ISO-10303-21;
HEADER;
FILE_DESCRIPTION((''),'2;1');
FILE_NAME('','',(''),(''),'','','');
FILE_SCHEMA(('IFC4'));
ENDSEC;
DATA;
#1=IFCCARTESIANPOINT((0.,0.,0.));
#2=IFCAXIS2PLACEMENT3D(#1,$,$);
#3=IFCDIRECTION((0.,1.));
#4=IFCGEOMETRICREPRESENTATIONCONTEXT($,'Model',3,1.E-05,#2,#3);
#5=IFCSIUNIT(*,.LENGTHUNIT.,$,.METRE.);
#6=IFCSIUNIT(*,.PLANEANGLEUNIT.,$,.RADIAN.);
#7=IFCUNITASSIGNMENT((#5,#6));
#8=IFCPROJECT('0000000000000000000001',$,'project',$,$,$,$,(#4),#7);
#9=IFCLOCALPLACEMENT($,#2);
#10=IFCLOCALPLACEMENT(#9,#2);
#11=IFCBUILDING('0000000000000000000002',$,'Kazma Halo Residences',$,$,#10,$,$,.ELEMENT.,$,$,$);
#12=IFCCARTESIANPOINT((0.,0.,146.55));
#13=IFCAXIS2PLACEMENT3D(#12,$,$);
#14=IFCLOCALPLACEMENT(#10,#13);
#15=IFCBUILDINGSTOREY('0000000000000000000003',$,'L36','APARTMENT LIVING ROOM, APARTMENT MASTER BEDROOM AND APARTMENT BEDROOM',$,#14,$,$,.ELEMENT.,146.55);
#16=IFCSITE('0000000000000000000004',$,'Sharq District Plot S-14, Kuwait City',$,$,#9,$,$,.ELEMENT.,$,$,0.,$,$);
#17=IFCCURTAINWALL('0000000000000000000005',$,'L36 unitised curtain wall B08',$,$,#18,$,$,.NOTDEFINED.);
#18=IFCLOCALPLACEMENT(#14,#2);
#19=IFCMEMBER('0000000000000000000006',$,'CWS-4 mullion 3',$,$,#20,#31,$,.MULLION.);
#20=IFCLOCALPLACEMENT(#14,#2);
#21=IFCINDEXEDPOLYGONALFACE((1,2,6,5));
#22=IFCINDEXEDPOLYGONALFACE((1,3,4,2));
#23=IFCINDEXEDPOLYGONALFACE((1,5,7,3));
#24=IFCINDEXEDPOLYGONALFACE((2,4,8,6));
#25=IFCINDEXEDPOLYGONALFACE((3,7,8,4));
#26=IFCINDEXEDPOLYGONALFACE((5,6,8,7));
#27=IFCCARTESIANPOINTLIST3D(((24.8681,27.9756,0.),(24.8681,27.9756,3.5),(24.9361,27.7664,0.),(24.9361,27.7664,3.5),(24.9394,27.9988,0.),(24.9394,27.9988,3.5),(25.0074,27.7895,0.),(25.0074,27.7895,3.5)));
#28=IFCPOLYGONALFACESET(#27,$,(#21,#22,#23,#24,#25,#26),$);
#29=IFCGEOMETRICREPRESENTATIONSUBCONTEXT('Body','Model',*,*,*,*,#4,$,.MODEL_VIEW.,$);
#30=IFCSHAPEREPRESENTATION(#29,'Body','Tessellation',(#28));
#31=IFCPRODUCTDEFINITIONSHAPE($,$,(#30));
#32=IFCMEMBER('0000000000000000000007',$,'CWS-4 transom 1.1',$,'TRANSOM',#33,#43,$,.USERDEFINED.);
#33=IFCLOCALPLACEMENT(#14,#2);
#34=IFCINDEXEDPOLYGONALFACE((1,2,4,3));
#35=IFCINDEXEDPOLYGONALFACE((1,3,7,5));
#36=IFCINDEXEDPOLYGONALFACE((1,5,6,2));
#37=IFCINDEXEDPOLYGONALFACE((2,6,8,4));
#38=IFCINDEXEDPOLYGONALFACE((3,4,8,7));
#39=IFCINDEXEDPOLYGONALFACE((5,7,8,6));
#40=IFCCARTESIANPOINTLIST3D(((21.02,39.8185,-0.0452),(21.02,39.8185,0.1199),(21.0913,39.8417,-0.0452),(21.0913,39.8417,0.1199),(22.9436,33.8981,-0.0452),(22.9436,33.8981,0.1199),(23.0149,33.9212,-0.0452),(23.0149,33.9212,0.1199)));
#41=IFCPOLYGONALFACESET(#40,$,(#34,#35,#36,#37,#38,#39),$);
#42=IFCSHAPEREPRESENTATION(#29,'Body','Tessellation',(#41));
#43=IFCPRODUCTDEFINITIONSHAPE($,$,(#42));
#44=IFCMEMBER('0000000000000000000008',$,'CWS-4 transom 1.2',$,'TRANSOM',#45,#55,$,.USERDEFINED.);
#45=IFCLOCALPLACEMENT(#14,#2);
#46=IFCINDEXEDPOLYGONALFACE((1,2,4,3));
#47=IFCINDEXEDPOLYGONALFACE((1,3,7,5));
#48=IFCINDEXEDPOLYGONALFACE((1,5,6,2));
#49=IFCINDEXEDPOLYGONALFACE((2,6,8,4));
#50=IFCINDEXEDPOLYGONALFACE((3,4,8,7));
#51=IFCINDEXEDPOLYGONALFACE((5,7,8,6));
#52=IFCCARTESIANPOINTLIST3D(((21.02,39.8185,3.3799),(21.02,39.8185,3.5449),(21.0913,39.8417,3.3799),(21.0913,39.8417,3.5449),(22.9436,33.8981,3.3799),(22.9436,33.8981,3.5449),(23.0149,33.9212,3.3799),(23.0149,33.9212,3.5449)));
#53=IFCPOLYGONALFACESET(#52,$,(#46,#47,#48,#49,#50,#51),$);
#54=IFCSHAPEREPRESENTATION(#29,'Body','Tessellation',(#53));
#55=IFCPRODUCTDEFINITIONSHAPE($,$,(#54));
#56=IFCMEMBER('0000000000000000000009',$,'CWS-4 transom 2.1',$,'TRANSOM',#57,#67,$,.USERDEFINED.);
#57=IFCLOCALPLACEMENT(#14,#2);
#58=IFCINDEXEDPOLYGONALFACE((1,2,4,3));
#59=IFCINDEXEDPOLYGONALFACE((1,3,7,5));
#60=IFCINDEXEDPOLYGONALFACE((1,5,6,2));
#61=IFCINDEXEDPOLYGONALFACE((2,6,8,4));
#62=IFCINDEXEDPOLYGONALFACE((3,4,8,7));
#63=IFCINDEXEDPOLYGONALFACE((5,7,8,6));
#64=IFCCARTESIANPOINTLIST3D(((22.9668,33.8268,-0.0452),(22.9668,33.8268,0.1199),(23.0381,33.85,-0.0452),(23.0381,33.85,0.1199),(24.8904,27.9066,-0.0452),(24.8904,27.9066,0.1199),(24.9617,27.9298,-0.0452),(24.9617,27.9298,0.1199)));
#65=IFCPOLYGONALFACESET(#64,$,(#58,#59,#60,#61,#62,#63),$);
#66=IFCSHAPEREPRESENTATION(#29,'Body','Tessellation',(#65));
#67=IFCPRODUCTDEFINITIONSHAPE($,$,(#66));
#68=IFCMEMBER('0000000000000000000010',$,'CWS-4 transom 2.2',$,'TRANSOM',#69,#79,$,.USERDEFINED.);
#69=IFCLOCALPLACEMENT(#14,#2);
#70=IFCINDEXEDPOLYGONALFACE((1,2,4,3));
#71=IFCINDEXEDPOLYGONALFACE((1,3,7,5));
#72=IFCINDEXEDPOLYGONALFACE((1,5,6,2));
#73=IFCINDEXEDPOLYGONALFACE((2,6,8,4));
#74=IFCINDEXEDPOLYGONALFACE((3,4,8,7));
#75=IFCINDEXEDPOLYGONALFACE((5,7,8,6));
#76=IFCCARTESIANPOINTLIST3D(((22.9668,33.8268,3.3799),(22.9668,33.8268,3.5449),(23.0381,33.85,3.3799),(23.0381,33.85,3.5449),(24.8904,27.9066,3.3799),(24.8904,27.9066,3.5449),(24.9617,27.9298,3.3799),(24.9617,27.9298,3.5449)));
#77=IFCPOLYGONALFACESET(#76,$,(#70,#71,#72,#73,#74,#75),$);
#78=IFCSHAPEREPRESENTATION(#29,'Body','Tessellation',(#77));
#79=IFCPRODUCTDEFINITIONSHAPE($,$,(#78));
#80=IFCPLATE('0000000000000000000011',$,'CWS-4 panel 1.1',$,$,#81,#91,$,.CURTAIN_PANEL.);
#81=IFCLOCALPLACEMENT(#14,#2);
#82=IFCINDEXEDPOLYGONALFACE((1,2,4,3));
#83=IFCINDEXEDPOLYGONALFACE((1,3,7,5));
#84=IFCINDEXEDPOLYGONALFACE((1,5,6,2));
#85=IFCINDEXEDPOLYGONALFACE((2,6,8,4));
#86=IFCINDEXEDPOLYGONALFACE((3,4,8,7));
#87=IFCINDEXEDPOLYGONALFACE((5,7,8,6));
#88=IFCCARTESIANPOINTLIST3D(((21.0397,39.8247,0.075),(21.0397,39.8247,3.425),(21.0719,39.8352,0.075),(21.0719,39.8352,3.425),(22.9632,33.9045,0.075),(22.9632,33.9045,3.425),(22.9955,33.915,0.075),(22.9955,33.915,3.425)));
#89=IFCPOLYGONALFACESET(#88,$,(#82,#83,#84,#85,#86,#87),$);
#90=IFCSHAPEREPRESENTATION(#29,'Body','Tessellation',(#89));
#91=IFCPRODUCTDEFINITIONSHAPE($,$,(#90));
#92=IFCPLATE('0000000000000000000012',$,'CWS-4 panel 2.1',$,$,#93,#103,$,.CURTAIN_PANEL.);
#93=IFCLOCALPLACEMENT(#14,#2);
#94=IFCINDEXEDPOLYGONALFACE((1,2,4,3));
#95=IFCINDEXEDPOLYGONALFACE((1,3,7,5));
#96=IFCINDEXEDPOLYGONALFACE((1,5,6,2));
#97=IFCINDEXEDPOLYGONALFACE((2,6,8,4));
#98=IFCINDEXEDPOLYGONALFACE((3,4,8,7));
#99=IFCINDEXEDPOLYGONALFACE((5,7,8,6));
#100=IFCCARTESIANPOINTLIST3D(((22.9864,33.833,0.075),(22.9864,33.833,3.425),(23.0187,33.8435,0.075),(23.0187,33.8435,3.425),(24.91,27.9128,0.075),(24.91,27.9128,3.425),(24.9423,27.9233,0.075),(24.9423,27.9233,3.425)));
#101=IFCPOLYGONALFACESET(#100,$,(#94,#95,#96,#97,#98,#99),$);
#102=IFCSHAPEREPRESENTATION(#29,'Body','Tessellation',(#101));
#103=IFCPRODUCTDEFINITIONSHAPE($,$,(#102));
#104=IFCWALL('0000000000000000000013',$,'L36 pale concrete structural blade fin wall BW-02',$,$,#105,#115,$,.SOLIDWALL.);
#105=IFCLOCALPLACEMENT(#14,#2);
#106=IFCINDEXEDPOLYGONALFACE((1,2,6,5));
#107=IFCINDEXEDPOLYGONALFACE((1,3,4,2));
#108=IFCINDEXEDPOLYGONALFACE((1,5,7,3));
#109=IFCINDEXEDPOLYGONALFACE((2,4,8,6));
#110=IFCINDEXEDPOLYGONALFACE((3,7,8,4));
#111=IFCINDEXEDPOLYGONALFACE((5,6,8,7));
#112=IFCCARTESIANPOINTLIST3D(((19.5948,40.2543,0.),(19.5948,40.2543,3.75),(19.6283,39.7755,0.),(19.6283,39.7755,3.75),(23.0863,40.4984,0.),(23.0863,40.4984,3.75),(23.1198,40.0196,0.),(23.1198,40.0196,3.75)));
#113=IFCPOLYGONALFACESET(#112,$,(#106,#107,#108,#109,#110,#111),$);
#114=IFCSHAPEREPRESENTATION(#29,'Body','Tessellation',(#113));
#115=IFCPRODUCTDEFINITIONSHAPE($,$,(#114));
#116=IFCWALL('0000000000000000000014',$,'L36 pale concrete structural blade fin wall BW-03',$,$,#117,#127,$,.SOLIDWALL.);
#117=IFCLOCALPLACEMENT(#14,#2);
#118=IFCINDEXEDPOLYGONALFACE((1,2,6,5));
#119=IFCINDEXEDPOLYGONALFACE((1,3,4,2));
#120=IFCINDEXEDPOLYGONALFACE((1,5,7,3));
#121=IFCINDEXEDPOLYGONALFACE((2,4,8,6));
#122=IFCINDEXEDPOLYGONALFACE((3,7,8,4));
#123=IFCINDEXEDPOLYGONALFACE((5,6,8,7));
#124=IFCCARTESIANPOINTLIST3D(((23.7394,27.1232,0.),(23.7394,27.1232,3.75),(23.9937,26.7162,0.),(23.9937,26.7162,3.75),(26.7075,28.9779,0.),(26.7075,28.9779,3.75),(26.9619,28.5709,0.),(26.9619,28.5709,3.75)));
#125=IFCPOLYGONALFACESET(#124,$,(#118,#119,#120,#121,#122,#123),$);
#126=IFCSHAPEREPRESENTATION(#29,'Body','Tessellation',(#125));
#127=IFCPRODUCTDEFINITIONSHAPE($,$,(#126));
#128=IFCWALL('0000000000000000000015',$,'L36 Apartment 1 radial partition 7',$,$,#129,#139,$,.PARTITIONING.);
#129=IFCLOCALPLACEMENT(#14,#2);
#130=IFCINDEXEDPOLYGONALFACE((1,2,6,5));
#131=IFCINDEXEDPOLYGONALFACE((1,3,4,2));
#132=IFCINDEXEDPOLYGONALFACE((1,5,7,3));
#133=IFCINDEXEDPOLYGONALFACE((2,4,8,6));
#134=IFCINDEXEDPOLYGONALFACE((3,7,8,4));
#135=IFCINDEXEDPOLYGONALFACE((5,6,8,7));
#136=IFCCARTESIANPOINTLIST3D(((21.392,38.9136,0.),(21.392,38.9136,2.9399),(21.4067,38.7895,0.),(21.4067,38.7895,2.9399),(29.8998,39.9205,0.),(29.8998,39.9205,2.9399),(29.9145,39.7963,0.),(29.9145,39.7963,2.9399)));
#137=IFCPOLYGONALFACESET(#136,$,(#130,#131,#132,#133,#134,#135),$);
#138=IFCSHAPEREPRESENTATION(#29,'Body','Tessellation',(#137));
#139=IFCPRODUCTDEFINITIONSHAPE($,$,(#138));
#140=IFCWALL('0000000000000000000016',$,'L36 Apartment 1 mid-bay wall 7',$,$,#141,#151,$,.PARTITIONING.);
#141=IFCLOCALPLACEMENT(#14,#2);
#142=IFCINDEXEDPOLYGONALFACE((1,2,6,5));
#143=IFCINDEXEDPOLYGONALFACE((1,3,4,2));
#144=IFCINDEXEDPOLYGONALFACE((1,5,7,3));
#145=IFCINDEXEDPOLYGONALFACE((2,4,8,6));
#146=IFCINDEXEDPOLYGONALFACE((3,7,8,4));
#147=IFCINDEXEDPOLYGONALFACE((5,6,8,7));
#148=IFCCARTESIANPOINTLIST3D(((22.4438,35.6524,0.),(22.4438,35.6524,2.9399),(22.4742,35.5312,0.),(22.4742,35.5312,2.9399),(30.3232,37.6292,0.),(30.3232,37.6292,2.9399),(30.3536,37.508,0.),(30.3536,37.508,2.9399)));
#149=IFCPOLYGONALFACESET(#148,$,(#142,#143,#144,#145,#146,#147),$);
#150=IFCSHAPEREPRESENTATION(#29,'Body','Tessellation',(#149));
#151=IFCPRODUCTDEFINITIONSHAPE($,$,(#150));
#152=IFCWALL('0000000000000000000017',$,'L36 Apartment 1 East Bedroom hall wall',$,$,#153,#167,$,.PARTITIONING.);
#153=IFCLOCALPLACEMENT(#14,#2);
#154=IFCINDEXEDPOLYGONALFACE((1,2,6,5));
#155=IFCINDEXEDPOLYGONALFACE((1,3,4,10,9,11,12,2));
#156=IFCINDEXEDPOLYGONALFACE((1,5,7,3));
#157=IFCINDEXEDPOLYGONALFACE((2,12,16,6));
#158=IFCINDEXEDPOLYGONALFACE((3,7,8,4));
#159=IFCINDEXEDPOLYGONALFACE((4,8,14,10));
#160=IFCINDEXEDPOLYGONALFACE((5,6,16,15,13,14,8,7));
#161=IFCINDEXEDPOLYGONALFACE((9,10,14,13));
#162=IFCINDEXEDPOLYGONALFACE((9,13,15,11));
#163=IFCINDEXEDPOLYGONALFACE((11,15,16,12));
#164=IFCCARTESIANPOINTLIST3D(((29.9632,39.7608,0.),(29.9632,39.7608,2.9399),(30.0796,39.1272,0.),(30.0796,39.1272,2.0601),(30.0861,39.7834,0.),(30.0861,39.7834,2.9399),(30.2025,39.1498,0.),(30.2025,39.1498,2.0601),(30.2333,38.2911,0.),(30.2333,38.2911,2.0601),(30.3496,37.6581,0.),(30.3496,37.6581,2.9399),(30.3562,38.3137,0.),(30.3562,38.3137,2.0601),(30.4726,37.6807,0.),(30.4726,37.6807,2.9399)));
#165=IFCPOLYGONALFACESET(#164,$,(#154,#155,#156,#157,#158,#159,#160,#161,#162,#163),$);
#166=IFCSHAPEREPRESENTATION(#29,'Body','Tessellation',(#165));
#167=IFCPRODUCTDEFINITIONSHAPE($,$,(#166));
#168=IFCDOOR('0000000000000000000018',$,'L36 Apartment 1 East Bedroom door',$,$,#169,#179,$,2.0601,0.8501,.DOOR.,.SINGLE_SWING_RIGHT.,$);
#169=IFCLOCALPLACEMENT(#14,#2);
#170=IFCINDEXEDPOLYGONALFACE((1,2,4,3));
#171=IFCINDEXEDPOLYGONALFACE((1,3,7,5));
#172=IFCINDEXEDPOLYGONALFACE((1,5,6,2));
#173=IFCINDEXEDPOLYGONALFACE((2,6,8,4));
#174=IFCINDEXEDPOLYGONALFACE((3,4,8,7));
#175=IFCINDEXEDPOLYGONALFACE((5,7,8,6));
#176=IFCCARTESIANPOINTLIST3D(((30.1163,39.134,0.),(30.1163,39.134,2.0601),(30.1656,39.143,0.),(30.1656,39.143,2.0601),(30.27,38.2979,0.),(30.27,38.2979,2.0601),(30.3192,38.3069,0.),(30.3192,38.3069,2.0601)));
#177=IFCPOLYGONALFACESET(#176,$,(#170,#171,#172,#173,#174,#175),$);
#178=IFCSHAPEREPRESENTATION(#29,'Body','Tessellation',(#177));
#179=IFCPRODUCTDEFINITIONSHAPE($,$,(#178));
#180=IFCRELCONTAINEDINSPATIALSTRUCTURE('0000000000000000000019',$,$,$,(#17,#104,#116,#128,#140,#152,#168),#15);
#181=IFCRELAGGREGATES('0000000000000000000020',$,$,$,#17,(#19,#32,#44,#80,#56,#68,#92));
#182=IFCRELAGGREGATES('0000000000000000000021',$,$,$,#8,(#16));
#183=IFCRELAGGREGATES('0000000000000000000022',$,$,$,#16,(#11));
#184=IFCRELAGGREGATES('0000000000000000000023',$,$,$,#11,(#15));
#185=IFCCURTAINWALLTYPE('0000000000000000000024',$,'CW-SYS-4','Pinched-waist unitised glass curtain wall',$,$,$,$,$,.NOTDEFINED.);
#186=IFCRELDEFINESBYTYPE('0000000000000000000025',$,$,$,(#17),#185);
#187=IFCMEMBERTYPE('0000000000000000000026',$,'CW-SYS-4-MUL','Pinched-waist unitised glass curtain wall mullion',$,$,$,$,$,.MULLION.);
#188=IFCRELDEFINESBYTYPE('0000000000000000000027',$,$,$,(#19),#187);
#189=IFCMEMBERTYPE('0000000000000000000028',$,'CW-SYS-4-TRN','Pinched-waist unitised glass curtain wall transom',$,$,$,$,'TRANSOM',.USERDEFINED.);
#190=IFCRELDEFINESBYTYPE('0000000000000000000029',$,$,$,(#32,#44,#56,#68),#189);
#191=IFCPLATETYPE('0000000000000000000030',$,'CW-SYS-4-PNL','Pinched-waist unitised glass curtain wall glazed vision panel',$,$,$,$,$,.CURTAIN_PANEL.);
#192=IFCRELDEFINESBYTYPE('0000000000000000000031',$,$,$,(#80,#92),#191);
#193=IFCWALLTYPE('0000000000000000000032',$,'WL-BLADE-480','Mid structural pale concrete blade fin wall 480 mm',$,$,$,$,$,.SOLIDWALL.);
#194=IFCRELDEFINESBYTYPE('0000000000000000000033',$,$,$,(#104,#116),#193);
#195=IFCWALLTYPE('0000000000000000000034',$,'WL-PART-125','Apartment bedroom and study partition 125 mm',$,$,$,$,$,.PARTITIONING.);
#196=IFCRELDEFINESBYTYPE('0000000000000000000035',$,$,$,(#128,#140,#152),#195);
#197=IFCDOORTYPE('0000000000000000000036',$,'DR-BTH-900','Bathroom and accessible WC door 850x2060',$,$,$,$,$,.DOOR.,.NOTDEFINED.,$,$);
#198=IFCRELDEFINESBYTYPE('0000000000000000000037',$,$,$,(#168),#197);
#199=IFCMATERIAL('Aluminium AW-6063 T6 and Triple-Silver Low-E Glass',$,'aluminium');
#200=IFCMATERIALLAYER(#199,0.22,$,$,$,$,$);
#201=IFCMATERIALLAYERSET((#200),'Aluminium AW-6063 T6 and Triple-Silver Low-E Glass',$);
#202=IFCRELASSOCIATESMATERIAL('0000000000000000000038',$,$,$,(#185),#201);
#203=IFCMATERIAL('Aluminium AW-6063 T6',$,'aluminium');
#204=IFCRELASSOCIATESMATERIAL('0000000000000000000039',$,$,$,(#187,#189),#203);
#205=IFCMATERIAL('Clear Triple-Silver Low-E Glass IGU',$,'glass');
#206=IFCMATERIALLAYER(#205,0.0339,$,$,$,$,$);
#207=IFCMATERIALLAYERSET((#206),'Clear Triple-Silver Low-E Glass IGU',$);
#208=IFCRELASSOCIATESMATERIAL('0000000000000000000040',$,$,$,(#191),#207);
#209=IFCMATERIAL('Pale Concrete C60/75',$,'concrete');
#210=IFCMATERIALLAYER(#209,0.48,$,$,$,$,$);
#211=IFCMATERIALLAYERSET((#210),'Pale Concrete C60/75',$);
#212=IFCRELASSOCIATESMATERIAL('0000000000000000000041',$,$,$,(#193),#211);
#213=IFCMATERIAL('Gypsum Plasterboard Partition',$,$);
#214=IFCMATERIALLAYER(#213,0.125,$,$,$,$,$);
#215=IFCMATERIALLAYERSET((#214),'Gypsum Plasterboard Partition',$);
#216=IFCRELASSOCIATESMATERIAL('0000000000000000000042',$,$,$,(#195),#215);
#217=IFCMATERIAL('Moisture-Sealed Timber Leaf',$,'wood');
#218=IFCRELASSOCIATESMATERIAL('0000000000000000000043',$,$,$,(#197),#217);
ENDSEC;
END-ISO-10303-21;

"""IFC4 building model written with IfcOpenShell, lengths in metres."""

from ifc_helpers import new_model, si_unit, direction, frame, frame_2d, origin, origin_2d, place, context, subcontext, project, spatial, rectangle, extrude, material, layer, layer_set, material_profile, profile_set, type_object, element, fill, aggregate, save


model = new_model("IFC4")

# Units and contexts
model_context = context("Model", 3, precision=1e-05, world=origin(), true_north=direction((0.0, 1.0)))
body_context = subcontext(model_context, "Body", "Model", "MODEL_VIEW")
ifc_project = project(units=[si_unit("LENGTHUNIT", "METRE"), si_unit("PLANEANGLEUNIT", "RADIAN")], contexts=[model_context])

# Site, building, storey
site_placement = place(None, origin())
site = spatial("IfcSite", under=ifc_project, at=site_placement, Name="Sharq District Plot S-14, Kuwait City", CompositionType="ELEMENT", RefElevation=0.0)
building_placement = place(site_placement, origin())
building = spatial("IfcBuilding", under=site, at=building_placement, Name="Kazma Halo Residences", CompositionType="ELEMENT")
storey_placement = place(building_placement, frame((0.0, 0.0, 146.55)))
storey = spatial("IfcBuildingStorey", under=building, at=storey_placement, Name="L36", Description="APARTMENT LIVING ROOM, APARTMENT MASTER BEDROOM AND APARTMENT BEDROOM", CompositionType="ELEMENT", Elevation=146.55)

# Shared definitions
ifc_material_1 = material(Name="Aluminium AW-6063 T6 and Triple-Silver Low-E Glass", Category="aluminium")
ifc_layer_1 = layer(ifc_material_1, 0.22)
ifc_layer_set_1 = layer_set([ifc_layer_1], Name="Aluminium AW-6063 T6 and Triple-Silver Low-E Glass")
curtain_wall_type = type_object("IfcCurtainWallType", Name="CW-SYS-4", Description="Pinched-waist unitised glass curtain wall", PredefinedType="NOTDEFINED", material=ifc_layer_set_1)
ifc_material_2 = material(Name="Aluminium AW-6063 T6", Category="aluminium")
ifc_material_profile_1 = material_profile(ifc_material_2, rectangle(XDim=0.075, YDim=0.22, at=origin_2d()), Name="CWM-75x220")
ifc_profile_set_1 = profile_set([ifc_material_profile_1], Name="Aluminium AW-6063 T6")
member_type_1 = type_object("IfcMemberType", Name="CW-SYS-4-MUL", Description="Pinched-waist unitised glass curtain wall mullion", PredefinedType="MULLION", material=ifc_profile_set_1)

# Curtain wall, members, plates
curtain_wall_1_placement = place(storey_placement, origin())
curtain_wall_1 = element("IfcCurtainWall", 1, at=curtain_wall_1_placement, inside=storey, type_object=curtain_wall_type, Name="L36 unitised curtain wall B08", PredefinedType="NOTDEFINED")
member_1_placement = place(storey_placement, frame((24.9377, 27.8826, 0.0), z_axis=(0.0, 0.0, 1.0), x_axis=(0.951058, 0.309014, 0.0)))
member_1 = element("IfcMember", 2, at=member_1_placement, type_object=member_type_1, Name="CWS-4 mullion 3", PredefinedType="MULLION", context=body_context, shape_type="SweptSolid", body=[
    extrude(rectangle(XDim=0.075, YDim=0.22, at=origin_2d()), origin(), (0.0, 0.0, 1.0), 3.5),
])
ifc_material_profile_2 = material_profile(ifc_material_2, rectangle(XDim=0.075, YDim=0.165, at=origin_2d()), Name="CWT-75x165")
ifc_profile_set_2 = profile_set([ifc_material_profile_2], Name="Aluminium AW-6063 T6")
member_type_2 = type_object("IfcMemberType", Name="CW-SYS-4-TRN", Description="Pinched-waist unitised glass curtain wall transom", ElementType="TRANSOM", PredefinedType="USERDEFINED", material=ifc_profile_set_2)
member_2_placement = place(storey_placement, frame((21.0557, 39.8301, 0.0374), z_axis=(0.309006, -0.95106, 0.0), x_axis=(0.95106, 0.309006, 0.0)))
member_2 = element("IfcMember", 3, at=member_2_placement, type_object=member_type_2, Name="CWS-4 transom 1.1", ObjectType="TRANSOM", PredefinedType="USERDEFINED", context=body_context, shape_type="SweptSolid", body=[
    extrude(rectangle(XDim=0.075, YDim=0.165, at=origin_2d()), origin(), (0.0, 0.0, 1.0), 6.2251),
])
member_3_placement = place(storey_placement, frame((21.0557, 39.8301, 3.4624), z_axis=(0.309006, -0.95106, 0.0), x_axis=(0.95106, 0.309006, 0.0)))
member_3 = element("IfcMember", 4, at=member_3_placement, type_object=member_type_2, Name="CWS-4 transom 1.2", ObjectType="TRANSOM", PredefinedType="USERDEFINED", context=body_context, shape_type="SweptSolid", body=[
    extrude(rectangle(XDim=0.075, YDim=0.165, at=origin_2d()), origin(), (0.0, 0.0, 1.0), 6.2251),
])
member_4_placement = place(storey_placement, frame((23.0024, 33.8384, 0.0374), z_axis=(0.309018, -0.951056, 0.0), x_axis=(0.951056, 0.309018, 0.0)))
member_4 = element("IfcMember", 5, at=member_4_placement, type_object=member_type_2, Name="CWS-4 transom 2.1", ObjectType="TRANSOM", PredefinedType="USERDEFINED", context=body_context, shape_type="SweptSolid", body=[
    extrude(rectangle(XDim=0.075, YDim=0.165, at=origin_2d()), origin(), (0.0, 0.0, 1.0), 6.2249),
])
member_5_placement = place(storey_placement, frame((23.0024, 33.8384, 3.4624), z_axis=(0.309018, -0.951056, 0.0), x_axis=(0.951056, 0.309018, 0.0)))
member_5 = element("IfcMember", 6, at=member_5_placement, type_object=member_type_2, Name="CWS-4 transom 2.2", ObjectType="TRANSOM", PredefinedType="USERDEFINED", context=body_context, shape_type="SweptSolid", body=[
    extrude(rectangle(XDim=0.075, YDim=0.165, at=origin_2d()), origin(), (0.0, 0.0, 1.0), 6.2249),
])
ifc_material_3 = material(Name="Clear Triple-Silver Low-E Glass IGU", Category="glass")
ifc_layer_2 = layer(ifc_material_3, 0.0339)
ifc_layer_set_2 = layer_set([ifc_layer_2], Name="Clear Triple-Silver Low-E Glass IGU")
plate_type = type_object("IfcPlateType", Name="CW-SYS-4-PNL", Description="Pinched-waist unitised glass curtain wall glazed vision panel", PredefinedType="CURTAIN_PANEL", material=ifc_layer_set_2)
plate_1_placement = place(storey_placement, frame((22.0176, 36.8699, 0.075), z_axis=(0.0, 0.0, 1.0), x_axis=(0.309014, -0.951058, 0.0)))
plate_1 = element("IfcPlate", 7, at=plate_1_placement, type_object=plate_type, Name="CWS-4 panel 1.1", PredefinedType="CURTAIN_PANEL", context=body_context, shape_type="SweptSolid", body=[
    extrude(rectangle(XDim=6.2249, YDim=0.0339, at=origin_2d()), origin(), (0.0, 0.0, 1.0), 3.3501),
])
plate_2_placement = place(storey_placement, frame((23.9644, 30.8782, 0.075), z_axis=(0.0, 0.0, 1.0), x_axis=(0.309014, -0.951058, 0.0)))
plate_2 = element("IfcPlate", 8, at=plate_2_placement, type_object=plate_type, Name="CWS-4 panel 2.1", PredefinedType="CURTAIN_PANEL", context=body_context, shape_type="SweptSolid", body=[
    extrude(rectangle(XDim=6.2249, YDim=0.0339, at=origin_2d()), origin(), (0.0, 0.0, 1.0), 3.3501),
])
aggregate(curtain_wall_1, [member_1, member_2, member_3, plate_1, member_4, member_5, plate_2])

# Walls
ifc_material_4 = material(Name="Pale Concrete C60/75", Category="concrete")
ifc_layer_3 = layer(ifc_material_4, 0.48)
ifc_layer_set_3 = layer_set([ifc_layer_3], Name="Pale Concrete C60/75")
wall_type_1 = type_object("IfcWallType", Name="WL-BLADE-480", Description="Mid structural pale concrete blade fin wall 480 mm", PredefinedType="SOLIDWALL", material=ifc_layer_set_3)
for number, where, z_axis, x_axis, name in (
    (9, (23.103, 40.259, 0.0), (0.0, 0.0, 1.0), (-0.997564, -0.069755, 0.0), "L36 pale concrete structural blade fin wall BW-02"),
    (10, (26.8347, 28.7744, 0.0), (0.0, 0.0, 1.0), (-0.848053, -0.529911, 0.0), "L36 pale concrete structural blade fin wall BW-03"),
):
    element("IfcWall", number, at=place(storey_placement, frame(where, z_axis=z_axis, x_axis=x_axis)), inside=storey, type_object=wall_type_1, Name=name, PredefinedType="SOLIDWALL", context=body_context, shape_type="SweptSolid", body=[
        extrude(rectangle(XDim=3.5, YDim=0.48, at=frame_2d((1.75, 0.0))), origin(), (0.0, 0.0, 1.0), 3.75),
    ])
ifc_material_5 = material(Name="Gypsum Plasterboard Partition")
ifc_layer_4 = layer(ifc_material_5, 0.125)
ifc_layer_set_4 = layer_set([ifc_layer_4], Name="Gypsum Plasterboard Partition")
wall_type_2 = type_object("IfcWallType", Name="WL-PART-125", Description="Apartment bedroom and study partition 125 mm", PredefinedType="PARTITIONING", material=ifc_layer_set_4)
wall_1_placement = place(storey_placement, frame((29.9072, 39.8584, 0.0), z_axis=(0.0, 0.0, 1.0), x_axis=(-0.99307, -0.117522, 0.0)))
element("IfcWall", 11, at=wall_1_placement, inside=storey, type_object=wall_type_2, Name="L36 Apartment 1 radial partition 7", PredefinedType="PARTITIONING", context=body_context, shape_type="SweptSolid", body=[
    extrude(rectangle(XDim=8.5671, YDim=0.125, at=frame_2d((4.2837, 0.0))), origin(), (0.0, 0.0, 1.0), 2.9399),
])
wall_2_placement = place(storey_placement, frame((30.3384, 37.5686, 0.0), z_axis=(0.0, 0.0, 1.0), x_axis=(-0.969941, -0.243342, 0.0)))
element("IfcWall", 12, at=wall_2_placement, inside=storey, type_object=wall_type_2, Name="L36 Apartment 1 mid-bay wall 7", PredefinedType="PARTITIONING", context=body_context, shape_type="SweptSolid", body=[
    extrude(rectangle(XDim=8.1235, YDim=0.125, at=frame_2d((4.0618, 0.0))), origin(), (0.0, 0.0, 1.0), 2.9399),
])

# Wall, opening, door
wall_3_placement = place(storey_placement, frame((30.0247, 39.772, 0.0), z_axis=(0.0, 0.0, 1.0), x_axis=(0.180764, -0.983526, 0.0)))
wall_3 = element("IfcWall", 13, at=wall_3_placement, inside=storey, type_object=wall_type_2, Name="L36 Apartment 1 East Bedroom hall wall", PredefinedType="PARTITIONING", context=body_context, shape_type="SweptSolid", body=[
    extrude(rectangle(XDim=2.1379, YDim=0.125, at=frame_2d((1.0688, 0.0))), origin(), (0.0, 0.0, 1.0), 2.9399),
])
opening_1_placement = place(wall_3_placement, frame((0.644, 0.0, 0.0)))
opening_1 = element("IfcOpeningElement", 14, at=opening_1_placement, cuts=wall_3, PredefinedType="OPENING", context=body_context, shape_type="SweptSolid", body=[
    extrude(rectangle(XDim=0.8501, YDim=2.0601, at=frame_2d((0.425, 1.03))), frame((0.0, 0.0725, 0.0), z_axis=(0.0, -1.0, 0.0), x_axis=(1.0, 0.0, 0.0)), (0.0, 0.0, 1.0), 0.145),
])
ifc_material_6 = material(Name="Moisture-Sealed Timber Leaf", Category="wood")
door_type_1 = type_object("IfcDoorType", Name="DR-BTH-900", Description="Bathroom and accessible WC door 850x2060", OperationType="NOTDEFINED", PredefinedType="DOOR", material=ifc_material_6)
door_1_placement = place(opening_1_placement, origin())
door_1 = element("IfcDoor", 15, at=door_1_placement, inside=storey, type_object=door_type_1, Name="L36 Apartment 1 East Bedroom door", OperationType="SINGLE_SWING_RIGHT", OverallHeight=2.0601, OverallWidth=0.8501, PredefinedType="DOOR", context=body_context, shape_type="SweptSolid", body=[
    extrude(rectangle(XDim=0.8501, YDim=2.0601, at=frame_2d((0.425, 1.03))), frame((0.0, 0.0249, 0.0), z_axis=(0.0, -1.0, 0.0), x_axis=(1.0, 0.0, 0.0)), (0.0, 0.0, 1.0), 0.05),
])
fill(opening_1, door_1)

save(model, "model.ifc")
